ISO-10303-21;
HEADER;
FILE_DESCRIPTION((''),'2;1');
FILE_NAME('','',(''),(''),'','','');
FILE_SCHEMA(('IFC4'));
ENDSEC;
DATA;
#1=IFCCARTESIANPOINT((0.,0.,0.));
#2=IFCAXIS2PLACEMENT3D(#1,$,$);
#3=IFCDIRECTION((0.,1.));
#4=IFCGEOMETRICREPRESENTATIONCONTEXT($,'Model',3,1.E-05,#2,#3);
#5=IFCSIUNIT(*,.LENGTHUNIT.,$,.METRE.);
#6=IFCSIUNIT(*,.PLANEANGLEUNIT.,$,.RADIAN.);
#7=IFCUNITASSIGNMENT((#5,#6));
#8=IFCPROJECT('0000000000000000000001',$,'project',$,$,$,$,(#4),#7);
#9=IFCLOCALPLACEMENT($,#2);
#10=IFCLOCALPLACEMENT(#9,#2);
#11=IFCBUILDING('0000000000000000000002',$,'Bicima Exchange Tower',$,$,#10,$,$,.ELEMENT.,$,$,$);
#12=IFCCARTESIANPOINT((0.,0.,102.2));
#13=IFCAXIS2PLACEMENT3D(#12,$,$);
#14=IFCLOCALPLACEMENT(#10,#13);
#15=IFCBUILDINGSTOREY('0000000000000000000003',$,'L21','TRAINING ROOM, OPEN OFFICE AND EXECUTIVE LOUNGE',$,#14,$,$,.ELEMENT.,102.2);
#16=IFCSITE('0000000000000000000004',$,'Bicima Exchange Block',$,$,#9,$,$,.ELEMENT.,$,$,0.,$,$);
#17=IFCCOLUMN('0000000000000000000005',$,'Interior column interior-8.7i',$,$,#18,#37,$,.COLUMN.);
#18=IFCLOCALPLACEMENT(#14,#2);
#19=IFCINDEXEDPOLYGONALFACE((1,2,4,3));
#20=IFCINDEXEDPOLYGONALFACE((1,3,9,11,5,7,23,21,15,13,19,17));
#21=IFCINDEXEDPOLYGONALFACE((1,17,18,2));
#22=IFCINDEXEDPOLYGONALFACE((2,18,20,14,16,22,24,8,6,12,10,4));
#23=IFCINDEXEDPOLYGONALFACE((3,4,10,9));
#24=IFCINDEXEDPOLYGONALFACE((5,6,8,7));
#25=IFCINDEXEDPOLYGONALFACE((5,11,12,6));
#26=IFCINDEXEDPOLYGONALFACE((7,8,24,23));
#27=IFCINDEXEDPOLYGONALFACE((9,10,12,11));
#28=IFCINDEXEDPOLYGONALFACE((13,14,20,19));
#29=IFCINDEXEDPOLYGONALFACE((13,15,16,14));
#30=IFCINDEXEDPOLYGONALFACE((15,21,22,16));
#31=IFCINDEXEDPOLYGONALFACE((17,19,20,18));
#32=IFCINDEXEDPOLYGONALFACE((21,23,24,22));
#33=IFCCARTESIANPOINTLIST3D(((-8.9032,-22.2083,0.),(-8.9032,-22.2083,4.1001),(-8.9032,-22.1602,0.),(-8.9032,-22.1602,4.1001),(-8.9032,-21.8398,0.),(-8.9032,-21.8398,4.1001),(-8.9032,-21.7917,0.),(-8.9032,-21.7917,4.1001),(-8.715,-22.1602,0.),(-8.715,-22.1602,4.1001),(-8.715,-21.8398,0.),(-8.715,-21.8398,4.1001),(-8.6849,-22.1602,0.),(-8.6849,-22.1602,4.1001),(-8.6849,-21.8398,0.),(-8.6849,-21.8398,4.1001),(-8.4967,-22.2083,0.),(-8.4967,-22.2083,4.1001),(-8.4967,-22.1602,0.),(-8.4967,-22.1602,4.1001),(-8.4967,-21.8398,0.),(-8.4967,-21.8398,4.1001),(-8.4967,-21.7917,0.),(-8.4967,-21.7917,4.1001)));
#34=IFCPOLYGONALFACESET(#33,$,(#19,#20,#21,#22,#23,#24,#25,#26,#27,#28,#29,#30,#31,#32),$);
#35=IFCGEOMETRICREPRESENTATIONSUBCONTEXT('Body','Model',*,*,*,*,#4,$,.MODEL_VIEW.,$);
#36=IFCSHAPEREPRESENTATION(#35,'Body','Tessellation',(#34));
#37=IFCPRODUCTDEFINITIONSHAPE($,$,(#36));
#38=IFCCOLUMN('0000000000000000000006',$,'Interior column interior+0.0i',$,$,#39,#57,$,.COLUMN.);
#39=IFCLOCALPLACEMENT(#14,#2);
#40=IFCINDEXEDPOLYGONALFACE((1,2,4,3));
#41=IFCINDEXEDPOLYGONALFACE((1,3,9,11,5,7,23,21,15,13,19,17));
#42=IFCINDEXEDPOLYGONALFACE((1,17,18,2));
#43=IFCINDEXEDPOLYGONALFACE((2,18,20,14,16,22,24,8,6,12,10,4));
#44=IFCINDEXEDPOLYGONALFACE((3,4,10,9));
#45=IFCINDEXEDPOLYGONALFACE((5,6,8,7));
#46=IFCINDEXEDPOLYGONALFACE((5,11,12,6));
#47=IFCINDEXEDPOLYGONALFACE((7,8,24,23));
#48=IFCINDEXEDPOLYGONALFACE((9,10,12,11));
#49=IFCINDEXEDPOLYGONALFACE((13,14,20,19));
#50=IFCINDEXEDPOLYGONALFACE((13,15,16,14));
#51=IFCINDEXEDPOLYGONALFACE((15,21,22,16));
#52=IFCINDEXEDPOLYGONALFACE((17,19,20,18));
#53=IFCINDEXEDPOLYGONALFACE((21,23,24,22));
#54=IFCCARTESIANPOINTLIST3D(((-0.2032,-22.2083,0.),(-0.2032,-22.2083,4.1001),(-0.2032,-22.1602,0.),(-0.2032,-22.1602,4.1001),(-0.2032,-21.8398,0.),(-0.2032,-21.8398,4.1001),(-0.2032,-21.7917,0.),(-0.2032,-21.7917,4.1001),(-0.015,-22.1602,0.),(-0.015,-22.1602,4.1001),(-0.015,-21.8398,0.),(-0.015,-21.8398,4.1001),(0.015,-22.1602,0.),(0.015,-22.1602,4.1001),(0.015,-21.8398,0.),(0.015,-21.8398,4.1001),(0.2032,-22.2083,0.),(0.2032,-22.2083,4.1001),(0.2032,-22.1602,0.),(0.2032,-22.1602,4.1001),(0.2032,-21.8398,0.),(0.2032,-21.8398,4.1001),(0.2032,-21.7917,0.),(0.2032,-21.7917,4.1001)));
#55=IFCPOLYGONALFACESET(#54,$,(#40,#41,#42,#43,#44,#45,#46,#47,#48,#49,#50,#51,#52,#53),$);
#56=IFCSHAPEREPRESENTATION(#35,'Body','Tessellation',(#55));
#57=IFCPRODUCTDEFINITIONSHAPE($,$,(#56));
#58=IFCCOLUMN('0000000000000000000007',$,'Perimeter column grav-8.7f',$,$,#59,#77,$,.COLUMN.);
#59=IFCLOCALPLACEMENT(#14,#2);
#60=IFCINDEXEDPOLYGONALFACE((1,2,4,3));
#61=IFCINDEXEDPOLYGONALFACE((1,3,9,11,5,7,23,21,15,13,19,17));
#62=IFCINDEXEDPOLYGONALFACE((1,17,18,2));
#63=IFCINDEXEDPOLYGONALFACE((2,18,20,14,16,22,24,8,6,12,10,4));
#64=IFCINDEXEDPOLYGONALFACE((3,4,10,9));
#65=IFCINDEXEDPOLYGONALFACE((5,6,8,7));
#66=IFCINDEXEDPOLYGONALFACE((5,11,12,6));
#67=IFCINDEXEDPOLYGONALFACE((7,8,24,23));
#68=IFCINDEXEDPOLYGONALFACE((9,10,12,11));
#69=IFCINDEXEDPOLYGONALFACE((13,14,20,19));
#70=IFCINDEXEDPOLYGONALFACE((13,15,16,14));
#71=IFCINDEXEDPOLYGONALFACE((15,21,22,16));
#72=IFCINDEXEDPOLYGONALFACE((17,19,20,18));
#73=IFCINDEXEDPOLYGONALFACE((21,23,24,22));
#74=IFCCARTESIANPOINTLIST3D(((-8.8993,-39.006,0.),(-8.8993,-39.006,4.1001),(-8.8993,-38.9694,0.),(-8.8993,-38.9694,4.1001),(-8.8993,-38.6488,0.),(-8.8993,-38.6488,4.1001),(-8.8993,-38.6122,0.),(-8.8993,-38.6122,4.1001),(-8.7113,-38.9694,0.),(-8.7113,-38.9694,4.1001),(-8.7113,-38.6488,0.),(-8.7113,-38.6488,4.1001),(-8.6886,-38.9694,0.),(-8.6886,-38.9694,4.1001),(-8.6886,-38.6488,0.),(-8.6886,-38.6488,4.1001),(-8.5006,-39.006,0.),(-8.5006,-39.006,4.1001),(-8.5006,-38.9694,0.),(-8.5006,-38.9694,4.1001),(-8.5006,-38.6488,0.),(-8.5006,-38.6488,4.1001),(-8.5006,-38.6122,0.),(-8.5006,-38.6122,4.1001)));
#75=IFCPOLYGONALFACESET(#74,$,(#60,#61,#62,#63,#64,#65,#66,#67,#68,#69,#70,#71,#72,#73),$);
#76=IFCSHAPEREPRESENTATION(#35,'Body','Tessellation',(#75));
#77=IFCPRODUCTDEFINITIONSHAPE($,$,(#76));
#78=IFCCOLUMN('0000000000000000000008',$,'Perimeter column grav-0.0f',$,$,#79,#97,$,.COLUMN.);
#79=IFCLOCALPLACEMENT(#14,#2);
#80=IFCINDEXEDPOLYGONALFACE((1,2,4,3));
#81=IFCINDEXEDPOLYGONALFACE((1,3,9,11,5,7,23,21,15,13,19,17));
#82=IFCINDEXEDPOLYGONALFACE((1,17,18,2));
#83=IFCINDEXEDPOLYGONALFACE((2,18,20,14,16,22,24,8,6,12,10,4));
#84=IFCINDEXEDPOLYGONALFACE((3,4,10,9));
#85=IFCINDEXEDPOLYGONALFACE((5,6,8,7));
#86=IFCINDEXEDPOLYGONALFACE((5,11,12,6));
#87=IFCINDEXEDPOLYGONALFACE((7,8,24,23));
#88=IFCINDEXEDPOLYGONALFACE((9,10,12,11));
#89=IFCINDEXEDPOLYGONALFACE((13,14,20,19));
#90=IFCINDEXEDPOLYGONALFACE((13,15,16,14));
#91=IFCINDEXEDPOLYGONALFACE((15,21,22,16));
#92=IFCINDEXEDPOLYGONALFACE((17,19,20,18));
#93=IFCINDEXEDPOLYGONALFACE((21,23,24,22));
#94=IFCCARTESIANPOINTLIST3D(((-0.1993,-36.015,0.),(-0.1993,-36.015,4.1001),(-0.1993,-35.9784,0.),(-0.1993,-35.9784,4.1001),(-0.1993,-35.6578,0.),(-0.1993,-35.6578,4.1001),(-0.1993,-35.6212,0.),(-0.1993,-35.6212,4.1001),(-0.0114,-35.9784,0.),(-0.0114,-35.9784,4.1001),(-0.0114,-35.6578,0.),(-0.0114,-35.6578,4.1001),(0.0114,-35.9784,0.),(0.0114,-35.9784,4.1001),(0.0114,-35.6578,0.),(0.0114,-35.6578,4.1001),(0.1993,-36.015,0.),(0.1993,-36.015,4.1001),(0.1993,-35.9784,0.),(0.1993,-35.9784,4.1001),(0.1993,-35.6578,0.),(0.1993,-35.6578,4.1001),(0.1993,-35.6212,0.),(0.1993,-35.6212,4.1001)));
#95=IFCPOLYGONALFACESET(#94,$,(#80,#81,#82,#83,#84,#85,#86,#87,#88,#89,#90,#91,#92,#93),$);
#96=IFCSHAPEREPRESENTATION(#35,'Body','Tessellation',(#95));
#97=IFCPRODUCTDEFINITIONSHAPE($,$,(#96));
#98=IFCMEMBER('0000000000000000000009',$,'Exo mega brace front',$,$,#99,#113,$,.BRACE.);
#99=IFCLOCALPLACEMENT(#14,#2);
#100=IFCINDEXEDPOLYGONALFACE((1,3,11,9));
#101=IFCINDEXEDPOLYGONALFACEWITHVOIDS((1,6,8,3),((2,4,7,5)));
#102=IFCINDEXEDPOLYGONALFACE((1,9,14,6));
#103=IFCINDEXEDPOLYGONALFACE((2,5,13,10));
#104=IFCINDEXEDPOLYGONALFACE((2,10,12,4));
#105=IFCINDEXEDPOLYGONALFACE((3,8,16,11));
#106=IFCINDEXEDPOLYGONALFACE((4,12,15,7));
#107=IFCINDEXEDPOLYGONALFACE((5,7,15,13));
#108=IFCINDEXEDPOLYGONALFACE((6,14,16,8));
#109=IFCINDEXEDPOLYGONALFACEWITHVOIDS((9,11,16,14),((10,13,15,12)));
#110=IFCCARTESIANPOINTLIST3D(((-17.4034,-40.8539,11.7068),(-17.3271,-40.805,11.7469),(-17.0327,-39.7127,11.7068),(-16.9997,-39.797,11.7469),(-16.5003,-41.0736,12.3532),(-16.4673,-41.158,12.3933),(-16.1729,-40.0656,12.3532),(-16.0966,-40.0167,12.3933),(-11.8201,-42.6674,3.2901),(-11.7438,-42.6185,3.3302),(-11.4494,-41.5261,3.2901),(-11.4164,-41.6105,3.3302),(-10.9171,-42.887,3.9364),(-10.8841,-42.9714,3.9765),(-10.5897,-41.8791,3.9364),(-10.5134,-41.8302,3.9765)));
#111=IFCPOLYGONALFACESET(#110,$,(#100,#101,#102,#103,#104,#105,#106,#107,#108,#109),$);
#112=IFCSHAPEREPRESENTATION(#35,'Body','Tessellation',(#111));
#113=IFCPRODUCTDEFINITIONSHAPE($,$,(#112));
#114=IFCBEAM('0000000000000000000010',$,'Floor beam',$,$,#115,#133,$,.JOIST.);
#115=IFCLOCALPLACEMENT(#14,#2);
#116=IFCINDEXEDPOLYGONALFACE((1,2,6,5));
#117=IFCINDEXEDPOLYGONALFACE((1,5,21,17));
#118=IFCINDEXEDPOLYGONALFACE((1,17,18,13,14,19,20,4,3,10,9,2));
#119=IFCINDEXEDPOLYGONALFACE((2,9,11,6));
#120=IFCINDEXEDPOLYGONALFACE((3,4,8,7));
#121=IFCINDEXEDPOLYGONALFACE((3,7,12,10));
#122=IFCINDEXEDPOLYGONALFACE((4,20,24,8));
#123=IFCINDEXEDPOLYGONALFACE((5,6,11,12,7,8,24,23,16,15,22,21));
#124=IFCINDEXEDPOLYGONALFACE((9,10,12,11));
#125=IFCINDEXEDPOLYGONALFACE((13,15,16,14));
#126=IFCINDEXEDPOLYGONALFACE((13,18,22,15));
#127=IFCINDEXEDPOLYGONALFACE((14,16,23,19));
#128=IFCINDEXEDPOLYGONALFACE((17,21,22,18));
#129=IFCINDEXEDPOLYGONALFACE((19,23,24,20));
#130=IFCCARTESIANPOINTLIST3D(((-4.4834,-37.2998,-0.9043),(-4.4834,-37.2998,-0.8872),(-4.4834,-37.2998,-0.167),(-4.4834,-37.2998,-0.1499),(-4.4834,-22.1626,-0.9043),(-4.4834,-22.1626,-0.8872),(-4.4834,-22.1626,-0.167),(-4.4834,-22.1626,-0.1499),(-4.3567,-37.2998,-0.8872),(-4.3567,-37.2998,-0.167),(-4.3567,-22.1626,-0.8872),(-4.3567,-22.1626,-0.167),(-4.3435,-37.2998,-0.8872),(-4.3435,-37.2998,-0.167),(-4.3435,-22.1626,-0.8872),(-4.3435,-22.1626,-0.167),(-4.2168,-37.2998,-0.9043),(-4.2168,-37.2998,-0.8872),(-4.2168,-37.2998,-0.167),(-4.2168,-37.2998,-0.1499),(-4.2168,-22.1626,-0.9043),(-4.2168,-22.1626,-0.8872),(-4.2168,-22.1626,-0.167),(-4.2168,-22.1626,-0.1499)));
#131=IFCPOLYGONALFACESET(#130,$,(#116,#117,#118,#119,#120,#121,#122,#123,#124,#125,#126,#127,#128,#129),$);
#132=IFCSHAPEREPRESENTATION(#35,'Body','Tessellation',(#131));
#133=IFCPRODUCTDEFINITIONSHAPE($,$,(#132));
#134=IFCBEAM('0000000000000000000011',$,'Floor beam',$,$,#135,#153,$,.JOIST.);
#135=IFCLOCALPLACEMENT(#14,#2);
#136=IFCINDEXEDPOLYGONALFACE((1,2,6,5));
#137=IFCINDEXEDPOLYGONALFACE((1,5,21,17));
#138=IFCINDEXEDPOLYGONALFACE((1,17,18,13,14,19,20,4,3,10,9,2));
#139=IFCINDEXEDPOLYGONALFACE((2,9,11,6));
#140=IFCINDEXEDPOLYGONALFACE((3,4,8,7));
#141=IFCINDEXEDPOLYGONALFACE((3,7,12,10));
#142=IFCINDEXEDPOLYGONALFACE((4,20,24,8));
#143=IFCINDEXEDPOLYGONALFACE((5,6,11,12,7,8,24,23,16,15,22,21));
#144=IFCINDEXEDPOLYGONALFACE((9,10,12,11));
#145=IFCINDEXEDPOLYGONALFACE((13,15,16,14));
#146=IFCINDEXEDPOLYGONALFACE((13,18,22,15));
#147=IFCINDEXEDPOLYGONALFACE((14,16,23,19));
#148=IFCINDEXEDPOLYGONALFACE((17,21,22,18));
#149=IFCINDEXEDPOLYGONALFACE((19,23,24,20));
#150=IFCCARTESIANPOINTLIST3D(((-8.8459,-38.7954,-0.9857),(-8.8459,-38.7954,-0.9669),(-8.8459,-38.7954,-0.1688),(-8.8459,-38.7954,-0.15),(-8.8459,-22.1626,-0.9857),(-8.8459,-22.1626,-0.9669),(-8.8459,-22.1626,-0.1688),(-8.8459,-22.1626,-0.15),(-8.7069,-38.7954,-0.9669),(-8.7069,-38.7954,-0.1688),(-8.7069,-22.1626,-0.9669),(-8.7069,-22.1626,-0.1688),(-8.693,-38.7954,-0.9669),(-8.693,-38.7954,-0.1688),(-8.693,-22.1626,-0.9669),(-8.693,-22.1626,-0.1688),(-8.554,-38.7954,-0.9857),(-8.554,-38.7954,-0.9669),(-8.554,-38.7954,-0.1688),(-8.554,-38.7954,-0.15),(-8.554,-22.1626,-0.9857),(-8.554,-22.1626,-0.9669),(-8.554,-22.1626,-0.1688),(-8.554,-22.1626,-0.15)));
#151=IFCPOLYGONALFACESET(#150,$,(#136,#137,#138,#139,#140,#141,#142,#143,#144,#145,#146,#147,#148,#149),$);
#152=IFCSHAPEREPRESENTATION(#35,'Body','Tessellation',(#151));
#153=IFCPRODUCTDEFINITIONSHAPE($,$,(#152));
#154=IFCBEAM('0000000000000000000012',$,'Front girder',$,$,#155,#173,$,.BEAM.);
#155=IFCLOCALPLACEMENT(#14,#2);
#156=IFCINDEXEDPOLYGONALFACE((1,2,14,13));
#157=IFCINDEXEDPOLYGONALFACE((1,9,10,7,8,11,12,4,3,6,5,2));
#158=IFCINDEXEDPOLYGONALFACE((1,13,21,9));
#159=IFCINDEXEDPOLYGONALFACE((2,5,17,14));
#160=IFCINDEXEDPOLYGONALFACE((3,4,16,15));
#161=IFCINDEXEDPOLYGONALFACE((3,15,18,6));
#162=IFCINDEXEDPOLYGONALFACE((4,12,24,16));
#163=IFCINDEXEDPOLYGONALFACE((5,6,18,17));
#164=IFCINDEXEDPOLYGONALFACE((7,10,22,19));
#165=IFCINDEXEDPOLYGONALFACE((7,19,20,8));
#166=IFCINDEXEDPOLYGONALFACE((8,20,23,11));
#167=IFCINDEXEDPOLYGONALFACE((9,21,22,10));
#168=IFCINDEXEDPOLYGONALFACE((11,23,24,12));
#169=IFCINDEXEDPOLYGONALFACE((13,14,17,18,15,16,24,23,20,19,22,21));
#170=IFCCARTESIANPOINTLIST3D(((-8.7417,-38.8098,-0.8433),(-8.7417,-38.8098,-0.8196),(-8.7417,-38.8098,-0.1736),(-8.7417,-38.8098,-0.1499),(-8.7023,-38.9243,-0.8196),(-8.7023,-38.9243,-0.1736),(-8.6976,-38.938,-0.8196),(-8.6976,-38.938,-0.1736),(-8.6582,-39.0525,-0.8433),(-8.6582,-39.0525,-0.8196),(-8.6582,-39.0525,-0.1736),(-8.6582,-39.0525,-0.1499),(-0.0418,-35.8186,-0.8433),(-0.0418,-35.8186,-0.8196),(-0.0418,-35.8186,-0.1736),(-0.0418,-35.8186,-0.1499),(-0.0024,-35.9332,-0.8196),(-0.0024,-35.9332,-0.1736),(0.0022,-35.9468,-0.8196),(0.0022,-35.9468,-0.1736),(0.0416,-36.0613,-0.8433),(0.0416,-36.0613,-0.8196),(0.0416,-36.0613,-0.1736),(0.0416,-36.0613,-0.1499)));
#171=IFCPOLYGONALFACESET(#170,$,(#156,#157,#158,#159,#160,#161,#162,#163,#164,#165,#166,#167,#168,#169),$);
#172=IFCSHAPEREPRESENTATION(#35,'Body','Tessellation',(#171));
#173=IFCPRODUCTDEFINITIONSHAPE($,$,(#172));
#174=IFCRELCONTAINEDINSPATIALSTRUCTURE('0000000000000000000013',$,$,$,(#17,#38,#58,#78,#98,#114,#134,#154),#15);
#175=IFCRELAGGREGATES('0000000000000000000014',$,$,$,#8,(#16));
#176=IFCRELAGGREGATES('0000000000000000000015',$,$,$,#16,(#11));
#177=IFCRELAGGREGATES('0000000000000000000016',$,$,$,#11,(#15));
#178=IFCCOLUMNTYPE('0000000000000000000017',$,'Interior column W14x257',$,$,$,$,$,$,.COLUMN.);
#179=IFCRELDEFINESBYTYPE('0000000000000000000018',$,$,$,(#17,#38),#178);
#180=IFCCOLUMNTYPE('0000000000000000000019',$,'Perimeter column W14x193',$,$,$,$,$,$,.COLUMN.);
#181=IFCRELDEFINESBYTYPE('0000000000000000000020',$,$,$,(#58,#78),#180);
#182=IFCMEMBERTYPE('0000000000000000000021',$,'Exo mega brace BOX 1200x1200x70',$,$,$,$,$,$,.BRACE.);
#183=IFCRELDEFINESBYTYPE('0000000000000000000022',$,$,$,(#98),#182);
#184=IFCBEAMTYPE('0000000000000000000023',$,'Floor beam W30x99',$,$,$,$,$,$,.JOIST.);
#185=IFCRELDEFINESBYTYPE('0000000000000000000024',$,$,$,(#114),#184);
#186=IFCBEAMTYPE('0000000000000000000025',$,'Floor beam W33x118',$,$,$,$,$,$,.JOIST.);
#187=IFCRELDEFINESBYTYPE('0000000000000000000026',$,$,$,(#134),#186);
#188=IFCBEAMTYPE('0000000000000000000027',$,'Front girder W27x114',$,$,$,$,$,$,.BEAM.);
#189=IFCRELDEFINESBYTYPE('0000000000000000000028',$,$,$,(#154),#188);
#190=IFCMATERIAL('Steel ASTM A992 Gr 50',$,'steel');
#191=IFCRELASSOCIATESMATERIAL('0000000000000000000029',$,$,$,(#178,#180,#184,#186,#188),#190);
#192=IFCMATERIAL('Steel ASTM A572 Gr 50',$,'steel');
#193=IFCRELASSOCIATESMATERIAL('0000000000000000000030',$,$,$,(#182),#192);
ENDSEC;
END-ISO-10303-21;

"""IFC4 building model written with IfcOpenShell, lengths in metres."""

from ifc_helpers import new_model, si_unit, direction, frame, origin, origin_2d, place, context, subcontext, project, spatial, hollow_rectangle, i_section, extrude, material, material_profile, profile_set, type_object, element, save


model = new_model("IFC4")

# Units and contexts
model_context = context("Model", 3, precision=1e-05, world=origin(), true_north=direction((0.0, 1.0)))
body_context = subcontext(model_context, "Body", "Model", "MODEL_VIEW")
ifc_project = project(units=[si_unit("LENGTHUNIT", "METRE"), si_unit("PLANEANGLEUNIT", "RADIAN")], contexts=[model_context])

# Site, building, storey
site_placement = place(None, origin())
site = spatial("IfcSite", under=ifc_project, at=site_placement, Name="Bicima Exchange Block", CompositionType="ELEMENT", RefElevation=0.0)
building_placement = place(site_placement, origin())
building = spatial("IfcBuilding", under=site, at=building_placement, Name="Bicima Exchange Tower", CompositionType="ELEMENT")
storey_placement = place(building_placement, frame((0.0, 0.0, 102.2)))
storey = spatial("IfcBuildingStorey", under=building, at=storey_placement, Name="L21", Description="TRAINING ROOM, OPEN OFFICE AND EXECUTIVE LOUNGE", CompositionType="ELEMENT", Elevation=102.2)

# Columns
ifc_material_1 = material(Name="Steel ASTM A992 Gr 50", Category="steel")
ifc_material_profile_1 = material_profile(ifc_material_1, i_section(OverallWidth=0.4065, OverallDepth=0.4165, WebThickness=0.03, FlangeThickness=0.0481, at=origin_2d()))
ifc_profile_set_1 = profile_set([ifc_material_profile_1], Name="Steel ASTM A992 Gr 50")
column_type_1 = type_object("IfcColumnType", Name="Interior column W14x257", PredefinedType="COLUMN", material=ifc_profile_set_1)
for number, where, z_axis, x_axis, name in (
    (1, (-8.7, -22.0, 0.0), (0.0, 0.0, 1.0), (1.0, 0.0, 0.0), "Interior column interior-8.7i"),
    (2, (0.0, -22.0, 0.0), (0.0, 0.0, 1.0), (1.0, 0.0, 0.0), "Interior column interior+0.0i"),
):
    element("IfcColumn", number, at=place(storey_placement, frame(where, z_axis=z_axis, x_axis=x_axis)), inside=storey, type_object=column_type_1, Name=name, PredefinedType="COLUMN", context=body_context, shape_type="SweptSolid", body=[
        extrude(i_section(OverallWidth=0.4065, OverallDepth=0.4165, WebThickness=0.03, FlangeThickness=0.0481, at=origin_2d()), origin(), (0.0, 0.0, 1.0), 4.1001),
    ])
ifc_material_profile_2 = material_profile(ifc_material_1, i_section(OverallWidth=0.3987, OverallDepth=0.3938, WebThickness=0.0227, FlangeThickness=0.0366, at=origin_2d()))
ifc_profile_set_2 = profile_set([ifc_material_profile_2], Name="Steel ASTM A992 Gr 50")
column_type_2 = type_object("IfcColumnType", Name="Perimeter column W14x193", PredefinedType="COLUMN", material=ifc_profile_set_2)
for number, where, z_axis, x_axis, name in (
    (3, (-8.7, -38.8091, 0.0), (0.0, 0.0, 1.0), (1.0, 0.0, 0.0), "Perimeter column grav-8.7f"),
    (4, (0.0, -35.8181, 0.0), (0.0, 0.0, 1.0), (1.0, 0.0, 0.0), "Perimeter column grav-0.0f"),
):
    element("IfcColumn", number, at=place(storey_placement, frame(where, z_axis=z_axis, x_axis=x_axis)), inside=storey, type_object=column_type_2, Name=name, PredefinedType="COLUMN", context=body_context, shape_type="SweptSolid", body=[
        extrude(i_section(OverallWidth=0.3987, OverallDepth=0.3938, WebThickness=0.0227, FlangeThickness=0.0366, at=origin_2d()), origin(), (0.0, 0.0, 1.0), 4.1001),
    ])

# Member
ifc_material_2 = material(Name="Steel ASTM A572 Gr 50", Category="steel")
ifc_material_profile_3 = material_profile(ifc_material_2, hollow_rectangle(XDim=1.2, YDim=1.2, WallThickness=0.0701, at=origin_2d()))
ifc_profile_set_3 = profile_set([ifc_material_profile_3], Name="Steel ASTM A572 Gr 50")
member_type_1 = type_object("IfcMemberType", Name="Exo mega brace BOX 1200x1200x70", PredefinedType="BRACE", material=ifc_profile_set_3)
member_1_placement = place(storey_placement, frame((-11.1667, -42.2488, 3.6333), z_axis=(-0.544085, 0.176722, 0.820208), x_axis=(-0.30892, -0.951088, 0.0)))
element("IfcMember", 5, at=member_1_placement, inside=storey, type_object=member_type_1, Name="Exo mega brace front", PredefinedType="BRACE", context=body_context, shape_type="SweptSolid", body=[
    extrude(hollow_rectangle(XDim=1.2, YDim=1.2, WallThickness=0.0701, at=origin_2d()), origin(), (0.0, 0.0, 1.0), 10.2617),
])

# Beams
ifc_material_profile_4 = material_profile(ifc_material_1, i_section(OverallWidth=0.2666, OverallDepth=0.7544, WebThickness=0.0132, FlangeThickness=0.0171, at=origin_2d()))
ifc_profile_set_4 = profile_set([ifc_material_profile_4], Name="Steel ASTM A992 Gr 50")
beam_type_1 = type_object("IfcBeamType", Name="Floor beam W30x99", PredefinedType="JOIST", material=ifc_profile_set_4)
beam_1_placement = place(storey_placement, frame((-4.3501, -22.1626, -0.5271), z_axis=(0.0, -1.0, 0.0), x_axis=(1.0, 0.0, 0.0)))
element("IfcBeam", 6, at=beam_1_placement, inside=storey, type_object=beam_type_1, Name="Floor beam", PredefinedType="JOIST", context=body_context, shape_type="SweptSolid", body=[
    extrude(i_section(OverallWidth=0.2666, OverallDepth=0.7544, WebThickness=0.0132, FlangeThickness=0.0171, at=origin_2d()), origin(), (0.0, 0.0, 1.0), 15.1372),
])
ifc_material_profile_5 = material_profile(ifc_material_1, i_section(OverallWidth=0.292, OverallDepth=0.8357, WebThickness=0.0139, FlangeThickness=0.0188, at=origin_2d()))
ifc_profile_set_5 = profile_set([ifc_material_profile_5], Name="Steel ASTM A992 Gr 50")
beam_type_2 = type_object("IfcBeamType", Name="Floor beam W33x118", PredefinedType="JOIST", material=ifc_profile_set_5)
beam_2_placement = place(storey_placement, frame((-8.7, -22.1626, -0.5679), z_axis=(0.0, -1.0, 0.0), x_axis=(1.0, 0.0, 0.0)))
element("IfcBeam", 7, at=beam_2_placement, inside=storey, type_object=beam_type_2, Name="Floor beam", PredefinedType="JOIST", context=body_context, shape_type="SweptSolid", body=[
    extrude(i_section(OverallWidth=0.292, OverallDepth=0.8357, WebThickness=0.0139, FlangeThickness=0.0188, at=origin_2d()), origin(), (0.0, 0.0, 1.0), 16.6328),
])
ifc_material_profile_6 = material_profile(ifc_material_1, i_section(OverallWidth=0.2566, OverallDepth=0.6934, WebThickness=0.0144, FlangeThickness=0.0237, at=origin_2d()))
ifc_profile_set_6 = profile_set([ifc_material_profile_6], Name="Steel ASTM A992 Gr 50")
beam_type_3 = type_object("IfcBeamType", Name="Front girder W27x114", PredefinedType="BEAM", material=ifc_profile_set_6)
for number, where, z_axis, x_axis, name in (
    (8, (-8.7, -38.9312, -0.4966), (0.945666, 0.325138, 0.0), (-0.325138, 0.945666, 0.0), "Front girder"),
):
    element("IfcBeam", number, at=place(storey_placement, frame(where, z_axis=z_axis, x_axis=x_axis)), inside=storey, type_object=beam_type_3, Name=name, PredefinedType="BEAM", context=body_context, shape_type="SweptSolid", body=[
        extrude(i_section(OverallWidth=0.2566, OverallDepth=0.6934, WebThickness=0.0144, FlangeThickness=0.0237, at=origin_2d()), origin(), (0.0, 0.0, 1.0), 9.1997),
    ])

save(model, "model.ifc")
